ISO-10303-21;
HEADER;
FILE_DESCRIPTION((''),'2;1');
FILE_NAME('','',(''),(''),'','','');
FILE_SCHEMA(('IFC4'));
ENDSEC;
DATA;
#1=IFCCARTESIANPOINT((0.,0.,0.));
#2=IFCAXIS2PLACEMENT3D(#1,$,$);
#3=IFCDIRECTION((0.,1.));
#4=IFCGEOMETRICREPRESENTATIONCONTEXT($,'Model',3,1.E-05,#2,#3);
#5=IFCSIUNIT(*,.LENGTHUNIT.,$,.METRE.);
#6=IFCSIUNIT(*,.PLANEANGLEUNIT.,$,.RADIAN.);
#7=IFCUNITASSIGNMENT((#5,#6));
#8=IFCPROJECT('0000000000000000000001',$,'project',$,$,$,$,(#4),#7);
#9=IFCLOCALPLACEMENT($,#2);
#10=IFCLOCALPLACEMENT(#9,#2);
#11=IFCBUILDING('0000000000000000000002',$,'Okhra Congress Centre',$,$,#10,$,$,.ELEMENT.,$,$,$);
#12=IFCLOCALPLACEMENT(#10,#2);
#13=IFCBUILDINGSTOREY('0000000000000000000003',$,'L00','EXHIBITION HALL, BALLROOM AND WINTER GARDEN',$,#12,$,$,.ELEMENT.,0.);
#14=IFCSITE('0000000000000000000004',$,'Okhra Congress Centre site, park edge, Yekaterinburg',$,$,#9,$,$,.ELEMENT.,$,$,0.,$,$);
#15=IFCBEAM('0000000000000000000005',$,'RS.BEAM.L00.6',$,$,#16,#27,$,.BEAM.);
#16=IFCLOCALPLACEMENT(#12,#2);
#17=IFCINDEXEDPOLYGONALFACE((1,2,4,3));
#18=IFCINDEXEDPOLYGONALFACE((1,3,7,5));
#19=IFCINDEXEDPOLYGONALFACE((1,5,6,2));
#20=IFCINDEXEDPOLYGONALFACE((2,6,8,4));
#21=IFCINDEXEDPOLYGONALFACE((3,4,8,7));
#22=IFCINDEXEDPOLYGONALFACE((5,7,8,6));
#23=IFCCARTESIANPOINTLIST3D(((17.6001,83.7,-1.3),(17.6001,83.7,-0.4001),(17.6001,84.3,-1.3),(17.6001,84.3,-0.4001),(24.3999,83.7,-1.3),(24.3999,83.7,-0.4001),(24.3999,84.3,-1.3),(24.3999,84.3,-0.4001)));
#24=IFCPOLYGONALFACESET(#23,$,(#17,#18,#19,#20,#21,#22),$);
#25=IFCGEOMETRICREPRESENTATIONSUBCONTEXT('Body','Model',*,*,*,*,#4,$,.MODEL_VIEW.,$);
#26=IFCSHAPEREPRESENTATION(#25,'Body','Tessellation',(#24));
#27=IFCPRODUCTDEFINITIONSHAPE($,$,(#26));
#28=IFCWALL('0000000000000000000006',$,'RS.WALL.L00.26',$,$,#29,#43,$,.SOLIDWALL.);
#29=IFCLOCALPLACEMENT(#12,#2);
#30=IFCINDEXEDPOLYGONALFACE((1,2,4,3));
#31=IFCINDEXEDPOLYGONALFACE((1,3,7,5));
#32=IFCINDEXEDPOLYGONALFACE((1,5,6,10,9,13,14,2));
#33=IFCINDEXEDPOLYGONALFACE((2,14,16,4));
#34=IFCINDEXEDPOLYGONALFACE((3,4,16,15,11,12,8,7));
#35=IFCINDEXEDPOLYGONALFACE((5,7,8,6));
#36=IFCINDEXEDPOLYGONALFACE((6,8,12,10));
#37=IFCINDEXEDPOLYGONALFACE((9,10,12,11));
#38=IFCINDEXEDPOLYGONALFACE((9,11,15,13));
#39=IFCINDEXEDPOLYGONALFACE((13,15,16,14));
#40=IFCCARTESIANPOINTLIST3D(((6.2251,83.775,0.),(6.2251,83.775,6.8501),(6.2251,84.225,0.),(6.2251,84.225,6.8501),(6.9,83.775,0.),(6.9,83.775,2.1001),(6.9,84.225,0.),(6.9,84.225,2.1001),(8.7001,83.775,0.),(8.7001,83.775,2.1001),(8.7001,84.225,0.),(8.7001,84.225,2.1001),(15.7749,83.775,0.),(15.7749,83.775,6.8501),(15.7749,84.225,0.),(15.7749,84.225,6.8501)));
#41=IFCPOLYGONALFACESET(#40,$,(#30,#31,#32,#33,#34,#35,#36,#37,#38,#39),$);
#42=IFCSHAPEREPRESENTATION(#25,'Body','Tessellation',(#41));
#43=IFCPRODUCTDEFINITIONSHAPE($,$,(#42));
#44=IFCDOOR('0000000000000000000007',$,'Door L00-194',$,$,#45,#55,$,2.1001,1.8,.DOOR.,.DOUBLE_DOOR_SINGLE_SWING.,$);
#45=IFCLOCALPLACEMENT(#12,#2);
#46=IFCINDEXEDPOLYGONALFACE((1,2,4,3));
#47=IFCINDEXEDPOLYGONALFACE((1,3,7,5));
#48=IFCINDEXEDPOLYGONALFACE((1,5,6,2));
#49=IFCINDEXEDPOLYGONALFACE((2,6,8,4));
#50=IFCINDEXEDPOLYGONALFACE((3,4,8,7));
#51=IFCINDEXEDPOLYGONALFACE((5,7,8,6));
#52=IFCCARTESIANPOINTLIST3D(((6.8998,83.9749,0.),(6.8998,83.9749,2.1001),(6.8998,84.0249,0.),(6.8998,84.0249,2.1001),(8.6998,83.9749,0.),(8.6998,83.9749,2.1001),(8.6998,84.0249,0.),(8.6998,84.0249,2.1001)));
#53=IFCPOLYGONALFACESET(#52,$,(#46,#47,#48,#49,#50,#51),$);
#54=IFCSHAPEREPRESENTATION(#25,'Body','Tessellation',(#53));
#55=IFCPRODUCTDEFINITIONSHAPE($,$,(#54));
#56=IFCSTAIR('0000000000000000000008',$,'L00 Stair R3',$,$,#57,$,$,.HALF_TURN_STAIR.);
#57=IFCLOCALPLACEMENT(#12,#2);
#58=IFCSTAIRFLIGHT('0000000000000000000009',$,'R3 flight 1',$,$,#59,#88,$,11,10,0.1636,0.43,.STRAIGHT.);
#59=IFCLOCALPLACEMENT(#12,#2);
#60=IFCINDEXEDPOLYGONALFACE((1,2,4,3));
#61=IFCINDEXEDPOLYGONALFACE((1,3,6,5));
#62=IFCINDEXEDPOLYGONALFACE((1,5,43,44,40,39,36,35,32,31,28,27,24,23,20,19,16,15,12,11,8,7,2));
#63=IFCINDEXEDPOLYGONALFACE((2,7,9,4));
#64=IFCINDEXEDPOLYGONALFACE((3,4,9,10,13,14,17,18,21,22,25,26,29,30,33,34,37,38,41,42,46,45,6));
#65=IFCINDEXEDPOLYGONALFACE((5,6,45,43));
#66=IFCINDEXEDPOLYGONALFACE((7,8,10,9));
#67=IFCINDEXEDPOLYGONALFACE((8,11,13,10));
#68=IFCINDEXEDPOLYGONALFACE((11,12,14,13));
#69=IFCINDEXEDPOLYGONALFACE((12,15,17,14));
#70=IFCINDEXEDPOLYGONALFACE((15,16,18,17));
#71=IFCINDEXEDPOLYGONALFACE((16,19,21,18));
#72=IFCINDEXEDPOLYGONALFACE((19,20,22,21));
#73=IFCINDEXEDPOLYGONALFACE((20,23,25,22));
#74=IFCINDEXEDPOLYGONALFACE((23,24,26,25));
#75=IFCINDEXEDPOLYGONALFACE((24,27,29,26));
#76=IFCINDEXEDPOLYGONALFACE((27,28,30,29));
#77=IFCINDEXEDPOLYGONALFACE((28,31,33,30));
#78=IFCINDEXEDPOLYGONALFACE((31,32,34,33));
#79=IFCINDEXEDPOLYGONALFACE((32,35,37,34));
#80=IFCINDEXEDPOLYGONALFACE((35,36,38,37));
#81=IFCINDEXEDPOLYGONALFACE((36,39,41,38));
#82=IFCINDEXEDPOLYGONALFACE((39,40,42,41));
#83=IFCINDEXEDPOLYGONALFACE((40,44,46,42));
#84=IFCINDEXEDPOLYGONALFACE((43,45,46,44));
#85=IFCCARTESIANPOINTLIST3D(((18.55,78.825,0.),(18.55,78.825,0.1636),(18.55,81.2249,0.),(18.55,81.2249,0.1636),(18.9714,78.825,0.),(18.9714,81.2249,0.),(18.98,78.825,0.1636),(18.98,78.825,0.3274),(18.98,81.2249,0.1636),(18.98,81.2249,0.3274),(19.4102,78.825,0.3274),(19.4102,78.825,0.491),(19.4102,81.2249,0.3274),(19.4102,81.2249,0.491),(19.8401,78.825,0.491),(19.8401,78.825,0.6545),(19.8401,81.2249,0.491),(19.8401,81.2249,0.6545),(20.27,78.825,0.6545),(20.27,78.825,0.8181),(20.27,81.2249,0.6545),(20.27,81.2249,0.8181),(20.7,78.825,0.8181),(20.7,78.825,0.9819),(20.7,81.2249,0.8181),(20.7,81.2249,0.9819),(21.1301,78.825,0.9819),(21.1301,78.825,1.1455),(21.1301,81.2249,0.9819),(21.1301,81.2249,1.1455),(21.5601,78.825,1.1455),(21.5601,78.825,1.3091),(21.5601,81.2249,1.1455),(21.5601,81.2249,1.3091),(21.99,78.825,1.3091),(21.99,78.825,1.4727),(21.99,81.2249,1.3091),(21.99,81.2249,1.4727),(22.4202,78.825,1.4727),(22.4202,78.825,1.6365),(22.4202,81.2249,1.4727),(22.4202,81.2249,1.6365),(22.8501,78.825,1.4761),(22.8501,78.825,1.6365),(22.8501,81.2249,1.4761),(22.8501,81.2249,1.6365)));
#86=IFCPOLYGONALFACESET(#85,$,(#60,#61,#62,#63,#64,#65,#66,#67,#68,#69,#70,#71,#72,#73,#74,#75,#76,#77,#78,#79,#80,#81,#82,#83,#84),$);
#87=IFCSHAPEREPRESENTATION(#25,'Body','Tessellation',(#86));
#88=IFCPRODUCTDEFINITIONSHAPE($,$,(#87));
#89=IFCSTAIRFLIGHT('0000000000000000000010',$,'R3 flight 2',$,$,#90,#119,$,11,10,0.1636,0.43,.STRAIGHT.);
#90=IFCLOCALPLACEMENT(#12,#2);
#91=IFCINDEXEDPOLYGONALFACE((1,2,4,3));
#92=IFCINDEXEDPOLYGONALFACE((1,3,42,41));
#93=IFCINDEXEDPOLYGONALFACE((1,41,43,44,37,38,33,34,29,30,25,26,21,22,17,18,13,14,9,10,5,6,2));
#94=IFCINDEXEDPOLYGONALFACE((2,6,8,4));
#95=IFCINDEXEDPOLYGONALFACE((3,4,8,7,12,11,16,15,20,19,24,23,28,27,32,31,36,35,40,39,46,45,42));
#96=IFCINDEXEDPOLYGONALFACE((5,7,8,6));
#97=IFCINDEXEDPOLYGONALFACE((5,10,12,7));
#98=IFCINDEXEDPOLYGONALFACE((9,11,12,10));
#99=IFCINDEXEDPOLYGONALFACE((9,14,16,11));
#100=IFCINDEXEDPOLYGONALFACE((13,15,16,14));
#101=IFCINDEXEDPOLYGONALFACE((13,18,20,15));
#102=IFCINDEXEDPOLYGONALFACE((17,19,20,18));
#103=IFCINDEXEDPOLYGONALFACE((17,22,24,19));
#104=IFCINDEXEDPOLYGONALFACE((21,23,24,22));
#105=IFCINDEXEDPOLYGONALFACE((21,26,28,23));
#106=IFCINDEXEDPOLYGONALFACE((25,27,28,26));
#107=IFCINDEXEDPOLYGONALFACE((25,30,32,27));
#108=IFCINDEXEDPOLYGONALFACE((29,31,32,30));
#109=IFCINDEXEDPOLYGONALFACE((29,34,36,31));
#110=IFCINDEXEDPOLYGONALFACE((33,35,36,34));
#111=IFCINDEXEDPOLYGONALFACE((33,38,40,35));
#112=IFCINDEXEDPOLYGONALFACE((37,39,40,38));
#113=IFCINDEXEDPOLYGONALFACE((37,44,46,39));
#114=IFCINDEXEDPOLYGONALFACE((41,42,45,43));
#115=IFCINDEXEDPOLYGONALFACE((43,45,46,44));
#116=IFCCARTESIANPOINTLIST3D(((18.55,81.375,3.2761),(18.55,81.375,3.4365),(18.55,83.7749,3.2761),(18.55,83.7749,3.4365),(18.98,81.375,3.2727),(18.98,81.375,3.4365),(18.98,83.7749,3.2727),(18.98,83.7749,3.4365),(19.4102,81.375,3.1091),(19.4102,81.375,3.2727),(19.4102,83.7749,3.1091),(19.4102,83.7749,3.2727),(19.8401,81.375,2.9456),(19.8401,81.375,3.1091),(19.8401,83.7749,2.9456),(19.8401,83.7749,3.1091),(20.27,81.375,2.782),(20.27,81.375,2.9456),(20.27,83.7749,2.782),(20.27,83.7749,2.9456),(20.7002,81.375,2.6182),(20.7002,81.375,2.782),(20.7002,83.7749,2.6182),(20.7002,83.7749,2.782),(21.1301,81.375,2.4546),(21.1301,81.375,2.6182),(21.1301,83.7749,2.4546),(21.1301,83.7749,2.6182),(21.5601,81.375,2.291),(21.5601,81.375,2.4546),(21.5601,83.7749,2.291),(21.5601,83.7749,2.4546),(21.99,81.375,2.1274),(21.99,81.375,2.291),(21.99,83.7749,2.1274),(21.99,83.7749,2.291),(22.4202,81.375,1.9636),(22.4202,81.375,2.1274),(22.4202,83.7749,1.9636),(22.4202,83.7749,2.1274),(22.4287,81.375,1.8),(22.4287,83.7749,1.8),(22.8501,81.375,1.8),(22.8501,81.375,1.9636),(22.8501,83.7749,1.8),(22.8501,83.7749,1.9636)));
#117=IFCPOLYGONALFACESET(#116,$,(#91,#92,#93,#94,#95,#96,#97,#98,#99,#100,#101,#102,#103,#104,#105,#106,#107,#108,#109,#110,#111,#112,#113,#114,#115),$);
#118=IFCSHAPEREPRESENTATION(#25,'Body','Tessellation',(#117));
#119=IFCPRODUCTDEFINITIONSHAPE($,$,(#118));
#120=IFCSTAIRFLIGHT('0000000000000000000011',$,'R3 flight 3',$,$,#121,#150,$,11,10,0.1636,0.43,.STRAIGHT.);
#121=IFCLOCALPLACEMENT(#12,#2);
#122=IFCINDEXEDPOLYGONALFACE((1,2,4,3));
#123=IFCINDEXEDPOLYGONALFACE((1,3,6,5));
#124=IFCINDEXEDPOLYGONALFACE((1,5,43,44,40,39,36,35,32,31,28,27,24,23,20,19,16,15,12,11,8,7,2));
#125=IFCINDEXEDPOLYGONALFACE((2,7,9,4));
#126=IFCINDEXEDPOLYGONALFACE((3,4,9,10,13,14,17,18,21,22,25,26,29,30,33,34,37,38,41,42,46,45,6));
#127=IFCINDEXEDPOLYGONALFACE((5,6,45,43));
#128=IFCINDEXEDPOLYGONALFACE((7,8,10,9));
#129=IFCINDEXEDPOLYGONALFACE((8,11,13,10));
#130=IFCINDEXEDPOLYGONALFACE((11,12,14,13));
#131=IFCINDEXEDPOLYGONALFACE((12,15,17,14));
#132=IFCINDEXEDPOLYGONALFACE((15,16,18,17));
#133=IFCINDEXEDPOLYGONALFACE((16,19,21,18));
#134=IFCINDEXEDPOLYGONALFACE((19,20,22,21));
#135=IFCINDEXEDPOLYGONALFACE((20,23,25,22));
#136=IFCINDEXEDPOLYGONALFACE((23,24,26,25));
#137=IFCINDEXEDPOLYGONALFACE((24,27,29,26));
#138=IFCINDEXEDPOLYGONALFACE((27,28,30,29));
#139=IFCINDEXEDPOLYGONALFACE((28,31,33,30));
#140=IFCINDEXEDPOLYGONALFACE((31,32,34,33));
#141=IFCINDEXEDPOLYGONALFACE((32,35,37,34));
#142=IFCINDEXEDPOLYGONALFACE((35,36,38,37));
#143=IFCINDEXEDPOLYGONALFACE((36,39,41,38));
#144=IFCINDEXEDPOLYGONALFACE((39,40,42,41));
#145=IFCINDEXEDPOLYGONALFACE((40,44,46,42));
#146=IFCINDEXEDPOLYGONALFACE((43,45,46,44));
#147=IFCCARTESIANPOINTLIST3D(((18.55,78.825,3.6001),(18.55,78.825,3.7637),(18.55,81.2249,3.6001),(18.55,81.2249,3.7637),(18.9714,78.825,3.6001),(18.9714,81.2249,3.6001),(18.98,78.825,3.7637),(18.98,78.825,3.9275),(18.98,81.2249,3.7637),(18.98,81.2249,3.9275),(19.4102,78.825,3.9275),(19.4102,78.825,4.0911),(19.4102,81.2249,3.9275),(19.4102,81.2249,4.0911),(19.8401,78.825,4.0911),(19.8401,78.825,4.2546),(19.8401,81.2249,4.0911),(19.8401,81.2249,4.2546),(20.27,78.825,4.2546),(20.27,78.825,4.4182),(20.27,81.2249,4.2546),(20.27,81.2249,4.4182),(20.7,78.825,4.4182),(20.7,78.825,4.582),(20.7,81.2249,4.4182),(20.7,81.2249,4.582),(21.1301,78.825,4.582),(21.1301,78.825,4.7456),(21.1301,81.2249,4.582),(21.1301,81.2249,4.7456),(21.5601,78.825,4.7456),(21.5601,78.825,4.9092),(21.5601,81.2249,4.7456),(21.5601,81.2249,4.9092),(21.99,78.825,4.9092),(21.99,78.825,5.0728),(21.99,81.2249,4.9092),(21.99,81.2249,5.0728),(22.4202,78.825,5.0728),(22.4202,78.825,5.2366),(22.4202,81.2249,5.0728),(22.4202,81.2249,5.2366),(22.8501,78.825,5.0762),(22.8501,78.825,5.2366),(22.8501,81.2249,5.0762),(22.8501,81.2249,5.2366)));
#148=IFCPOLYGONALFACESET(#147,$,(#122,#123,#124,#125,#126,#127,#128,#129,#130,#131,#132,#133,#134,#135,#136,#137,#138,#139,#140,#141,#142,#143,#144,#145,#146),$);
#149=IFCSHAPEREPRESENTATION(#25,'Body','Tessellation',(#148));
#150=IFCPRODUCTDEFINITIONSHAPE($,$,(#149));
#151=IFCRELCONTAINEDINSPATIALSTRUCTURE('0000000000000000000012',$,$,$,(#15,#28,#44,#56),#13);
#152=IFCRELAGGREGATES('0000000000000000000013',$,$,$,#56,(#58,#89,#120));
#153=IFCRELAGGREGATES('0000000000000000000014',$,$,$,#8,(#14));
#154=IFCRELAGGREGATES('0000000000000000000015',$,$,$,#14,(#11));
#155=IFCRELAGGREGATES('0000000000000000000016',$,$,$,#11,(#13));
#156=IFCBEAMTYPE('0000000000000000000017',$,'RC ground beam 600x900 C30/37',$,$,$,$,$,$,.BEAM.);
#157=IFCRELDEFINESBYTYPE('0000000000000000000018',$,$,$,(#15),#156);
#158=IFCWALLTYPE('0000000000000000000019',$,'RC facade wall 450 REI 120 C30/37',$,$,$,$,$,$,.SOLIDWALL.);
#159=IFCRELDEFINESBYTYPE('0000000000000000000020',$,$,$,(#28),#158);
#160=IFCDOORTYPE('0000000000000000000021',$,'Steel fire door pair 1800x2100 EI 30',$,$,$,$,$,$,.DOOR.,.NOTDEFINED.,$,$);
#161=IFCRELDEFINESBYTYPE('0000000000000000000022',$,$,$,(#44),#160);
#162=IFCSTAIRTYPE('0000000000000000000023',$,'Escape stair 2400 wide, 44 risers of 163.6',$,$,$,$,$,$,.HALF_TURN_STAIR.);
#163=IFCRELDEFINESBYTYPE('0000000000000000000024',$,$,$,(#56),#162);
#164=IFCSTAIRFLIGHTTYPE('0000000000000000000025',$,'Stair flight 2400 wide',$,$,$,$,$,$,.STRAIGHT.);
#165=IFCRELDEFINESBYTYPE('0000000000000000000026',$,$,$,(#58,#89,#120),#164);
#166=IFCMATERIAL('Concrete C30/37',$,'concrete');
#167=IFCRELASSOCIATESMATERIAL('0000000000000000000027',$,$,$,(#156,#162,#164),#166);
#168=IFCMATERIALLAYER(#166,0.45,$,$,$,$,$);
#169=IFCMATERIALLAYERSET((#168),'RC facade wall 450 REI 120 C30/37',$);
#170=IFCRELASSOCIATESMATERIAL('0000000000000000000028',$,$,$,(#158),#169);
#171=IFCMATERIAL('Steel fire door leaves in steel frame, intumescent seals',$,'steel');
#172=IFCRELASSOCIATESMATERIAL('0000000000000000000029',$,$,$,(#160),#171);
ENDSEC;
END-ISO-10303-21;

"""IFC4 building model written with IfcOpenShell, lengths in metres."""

from ifc_helpers import new_model, si_unit, direction, frame, frame_2d, origin, origin_2d, place, context, subcontext, project, spatial, polyline, rectangle, outline, extrude, material, layer, layer_set, material_profile, profile_set, type_object, element, fill, aggregate, save


model = new_model("IFC4")

# Units and contexts
model_context = context("Model", 3, precision=1e-05, world=origin(), true_north=direction((0.0, 1.0)))
body_context = subcontext(model_context, "Body", "Model", "MODEL_VIEW")
ifc_project = project(units=[si_unit("LENGTHUNIT", "METRE"), si_unit("PLANEANGLEUNIT", "RADIAN")], contexts=[model_context])

# Site, building, storey
site_placement = place(None, origin())
site = spatial("IfcSite", under=ifc_project, at=site_placement, Name="Okhra Congress Centre site, park edge, Yekaterinburg", CompositionType="ELEMENT", RefElevation=0.0)
building_placement = place(site_placement, origin())
building = spatial("IfcBuilding", under=site, at=building_placement, Name="Okhra Congress Centre", CompositionType="ELEMENT")
storey_placement = place(building_placement, origin())
storey = spatial("IfcBuildingStorey", under=building, at=storey_placement, Name="L00", Description="EXHIBITION HALL, BALLROOM AND WINTER GARDEN", CompositionType="ELEMENT", Elevation=0.0)

# Shared definitions
ifc_material_1 = material(Name="Concrete C30/37", Category="concrete")

# Beam
ifc_material_profile_1 = material_profile(ifc_material_1, rectangle(XDim=0.6001, YDim=0.8999, at=origin_2d()), Name="RC 600x900")
ifc_profile_set_1 = profile_set([ifc_material_profile_1], Name="Concrete C30/37")
beam_type = type_object("IfcBeamType", Name="RC ground beam 600x900 C30/37", PredefinedType="BEAM", material=ifc_profile_set_1)
beam_placement = place(storey_placement, frame((17.6001, 84.0, -0.8501), z_axis=(1.0, 0.0, 0.0), x_axis=(0.0, 1.0, 0.0)))
element("IfcBeam", 1, at=beam_placement, inside=storey, type_object=beam_type, Name="RS.BEAM.L00.6", PredefinedType="BEAM", context=body_context, shape_type="SweptSolid", body=[
    extrude(rectangle(XDim=0.6001, YDim=0.8999, at=origin_2d()), origin(), (0.0, 0.0, 1.0), 6.7998),
])

# Wall, opening, door
ifc_layer = layer(ifc_material_1, 0.45)
ifc_layer_set = layer_set([ifc_layer], Name="RC facade wall 450 REI 120 C30/37")
wall_type = type_object("IfcWallType", Name="RC facade wall 450 REI 120 C30/37", PredefinedType="SOLIDWALL", material=ifc_layer_set)
wall_placement = place(storey_placement, frame((15.7749, 84.0, 0.0), z_axis=(0.0, 0.0, 1.0), x_axis=(-1.0, 0.0, 0.0)))
wall = element("IfcWall", 2, at=wall_placement, inside=storey, type_object=wall_type, Name="RS.WALL.L00.26", PredefinedType="SOLIDWALL", context=body_context, shape_type="SweptSolid", body=[
    extrude(rectangle(XDim=9.5498, YDim=0.45, at=frame_2d((4.7749, 0.0))), origin(), (0.0, 0.0, 1.0), 6.8501),
])
opening_placement = place(wall_placement, frame((7.075, 0.0, 0.0)))
opening = element("IfcOpeningElement", 3, at=opening_placement, cuts=wall, PredefinedType="OPENING", context=body_context, shape_type="SweptSolid", body=[
    extrude(rectangle(XDim=1.8, YDim=2.1001, at=frame_2d((0.8999, 1.05))), frame((0.0, 0.2349, 0.0), z_axis=(0.0, -1.0, 0.0), x_axis=(1.0, 0.0, 0.0)), (0.0, 0.0, 1.0), 0.47),
])
ifc_material_2 = material(Name="Steel fire door leaves in steel frame, intumescent seals", Category="steel")
door_type = type_object("IfcDoorType", Name="Steel fire door pair 1800x2100 EI 30", OperationType="NOTDEFINED", PredefinedType="DOOR", material=ifc_material_2)
door_placement = place(opening_placement, frame((1.8, 0.0, 0.0), z_axis=(0.0, 0.0, 1.0), x_axis=(-1.0, 0.0, 0.0)))
door = element("IfcDoor", 4, at=door_placement, inside=storey, type_object=door_type, Name="Door L00-194", OperationType="DOUBLE_DOOR_SINGLE_SWING", OverallHeight=2.1001, OverallWidth=1.8, PredefinedType="DOOR", context=body_context, shape_type="SweptSolid", body=[
    extrude(rectangle(XDim=1.8, YDim=2.1001, at=frame_2d((0.8999, 1.05))), frame((0.0, 0.0249, 0.0), z_axis=(0.0, -1.0, 0.0), x_axis=(1.0, 0.0, 0.0)), (0.0, 0.0, 1.0), 0.05),
])
fill(opening, door)

# Stair, stair flights
stair_type = type_object("IfcStairType", Name="Escape stair 2400 wide, 44 risers of 163.6", PredefinedType="HALF_TURN_STAIR", material=ifc_material_1)
stair_placement = place(storey_placement, origin())
stair = element("IfcStair", 5, at=stair_placement, inside=storey, type_object=stair_type, Name="L00 Stair R3", PredefinedType="HALF_TURN_STAIR")
stair_flight_type = type_object("IfcStairFlightType", Name="Stair flight 2400 wide", PredefinedType="STRAIGHT", material=ifc_material_1)
stair_flight_1_placement = place(storey_placement, frame((18.55, 80.0249, 0.0), z_axis=(0.0, 0.0, 1.0), x_axis=(1.0, 0.0, 0.0)))
stair_flight_1 = element("IfcStairFlight", 6, at=stair_flight_1_placement, type_object=stair_flight_type, Name="R3 flight 1", NumberOfRisers=11, NumberOfTreads=10, PredefinedType="STRAIGHT", RiserHeight=0.1636, TreadLength=0.43, context=body_context, shape_type="SweptSolid", body=[
    extrude(outline(polyline([(0.0, 0.0), (0.0, 0.1636), (0.4299, 0.1636), (0.4299, 0.3274), (0.8601, 0.3274), (0.8601, 0.491), (1.29, 0.491), (1.29, 0.6545), (1.72, 0.6545), (1.72, 0.8181), (2.1499, 0.8181), (2.1499, 0.9819), (2.5801, 0.9819), (2.5801, 1.1455), (3.01, 1.1455), (3.01, 1.3091), (3.4399, 1.3091), (3.4399, 1.4727), (3.8701, 1.4727), (3.8701, 1.6365), (4.3, 1.6365), (4.3, 1.8), (4.3, 1.4761), (0.4214, 0.0), (0.0, 0.0)])), frame((0.0, 1.2, 0.0), z_axis=(0.0, -1.0, 0.0), x_axis=(1.0, 0.0, 0.0)), (0.0, 0.0, 1.0), 2.3999),
])
stair_flight_2_placement = place(storey_placement, frame((22.8501, 82.575, 1.8), z_axis=(0.0, 0.0, 1.0), x_axis=(-1.0, 0.0, 0.0)))
stair_flight_2 = element("IfcStairFlight", 7, at=stair_flight_2_placement, type_object=stair_flight_type, Name="R3 flight 2", NumberOfRisers=11, NumberOfTreads=10, PredefinedType="STRAIGHT", RiserHeight=0.1636, TreadLength=0.43, context=body_context, shape_type="SweptSolid", body=[
    extrude(outline(polyline([(0.0, 0.0), (0.0, 0.1636), (0.4299, 0.1636), (0.4299, 0.3274), (0.8601, 0.3274), (0.8601, 0.491), (1.29, 0.491), (1.29, 0.6545), (1.72, 0.6545), (1.72, 0.8181), (2.1499, 0.8181), (2.1499, 0.9819), (2.5801, 0.9819), (2.5801, 1.1455), (3.01, 1.1455), (3.01, 1.3091), (3.4399, 1.3091), (3.4399, 1.4727), (3.8701, 1.4727), (3.8701, 1.6365), (4.3, 1.6365), (4.3, 1.8), (4.3, 1.4761), (0.4214, 0.0), (0.0, 0.0)])), frame((0.0, 1.2, 0.0), z_axis=(0.0, -1.0, 0.0), x_axis=(1.0, 0.0, 0.0)), (0.0, 0.0, 1.0), 2.3999),
])
stair_flight_3_placement = place(storey_placement, frame((18.55, 80.0249, 3.6001), z_axis=(0.0, 0.0, 1.0), x_axis=(1.0, 0.0, 0.0)))
stair_flight_3 = element("IfcStairFlight", 8, at=stair_flight_3_placement, type_object=stair_flight_type, Name="R3 flight 3", NumberOfRisers=11, NumberOfTreads=10, PredefinedType="STRAIGHT", RiserHeight=0.1636, TreadLength=0.43, context=body_context, shape_type="SweptSolid", body=[
    extrude(outline(polyline([(0.0, 0.0), (0.0, 0.1636), (0.4299, 0.1636), (0.4299, 0.3274), (0.8601, 0.3274), (0.8601, 0.491), (1.29, 0.491), (1.29, 0.6545), (1.72, 0.6545), (1.72, 0.8181), (2.1499, 0.8181), (2.1499, 0.9819), (2.5801, 0.9819), (2.5801, 1.1455), (3.01, 1.1455), (3.01, 1.3091), (3.4399, 1.3091), (3.4399, 1.4727), (3.8701, 1.4727), (3.8701, 1.6365), (4.3, 1.6365), (4.3, 1.8), (4.3, 1.4761), (0.4214, 0.0), (0.0, 0.0)])), frame((0.0, 1.2, 0.0), z_axis=(0.0, -1.0, 0.0), x_axis=(1.0, 0.0, 0.0)), (0.0, 0.0, 1.0), 2.3999),
])
aggregate(stair, [stair_flight_1, stair_flight_2, stair_flight_3])

save(model, "model.ifc")
